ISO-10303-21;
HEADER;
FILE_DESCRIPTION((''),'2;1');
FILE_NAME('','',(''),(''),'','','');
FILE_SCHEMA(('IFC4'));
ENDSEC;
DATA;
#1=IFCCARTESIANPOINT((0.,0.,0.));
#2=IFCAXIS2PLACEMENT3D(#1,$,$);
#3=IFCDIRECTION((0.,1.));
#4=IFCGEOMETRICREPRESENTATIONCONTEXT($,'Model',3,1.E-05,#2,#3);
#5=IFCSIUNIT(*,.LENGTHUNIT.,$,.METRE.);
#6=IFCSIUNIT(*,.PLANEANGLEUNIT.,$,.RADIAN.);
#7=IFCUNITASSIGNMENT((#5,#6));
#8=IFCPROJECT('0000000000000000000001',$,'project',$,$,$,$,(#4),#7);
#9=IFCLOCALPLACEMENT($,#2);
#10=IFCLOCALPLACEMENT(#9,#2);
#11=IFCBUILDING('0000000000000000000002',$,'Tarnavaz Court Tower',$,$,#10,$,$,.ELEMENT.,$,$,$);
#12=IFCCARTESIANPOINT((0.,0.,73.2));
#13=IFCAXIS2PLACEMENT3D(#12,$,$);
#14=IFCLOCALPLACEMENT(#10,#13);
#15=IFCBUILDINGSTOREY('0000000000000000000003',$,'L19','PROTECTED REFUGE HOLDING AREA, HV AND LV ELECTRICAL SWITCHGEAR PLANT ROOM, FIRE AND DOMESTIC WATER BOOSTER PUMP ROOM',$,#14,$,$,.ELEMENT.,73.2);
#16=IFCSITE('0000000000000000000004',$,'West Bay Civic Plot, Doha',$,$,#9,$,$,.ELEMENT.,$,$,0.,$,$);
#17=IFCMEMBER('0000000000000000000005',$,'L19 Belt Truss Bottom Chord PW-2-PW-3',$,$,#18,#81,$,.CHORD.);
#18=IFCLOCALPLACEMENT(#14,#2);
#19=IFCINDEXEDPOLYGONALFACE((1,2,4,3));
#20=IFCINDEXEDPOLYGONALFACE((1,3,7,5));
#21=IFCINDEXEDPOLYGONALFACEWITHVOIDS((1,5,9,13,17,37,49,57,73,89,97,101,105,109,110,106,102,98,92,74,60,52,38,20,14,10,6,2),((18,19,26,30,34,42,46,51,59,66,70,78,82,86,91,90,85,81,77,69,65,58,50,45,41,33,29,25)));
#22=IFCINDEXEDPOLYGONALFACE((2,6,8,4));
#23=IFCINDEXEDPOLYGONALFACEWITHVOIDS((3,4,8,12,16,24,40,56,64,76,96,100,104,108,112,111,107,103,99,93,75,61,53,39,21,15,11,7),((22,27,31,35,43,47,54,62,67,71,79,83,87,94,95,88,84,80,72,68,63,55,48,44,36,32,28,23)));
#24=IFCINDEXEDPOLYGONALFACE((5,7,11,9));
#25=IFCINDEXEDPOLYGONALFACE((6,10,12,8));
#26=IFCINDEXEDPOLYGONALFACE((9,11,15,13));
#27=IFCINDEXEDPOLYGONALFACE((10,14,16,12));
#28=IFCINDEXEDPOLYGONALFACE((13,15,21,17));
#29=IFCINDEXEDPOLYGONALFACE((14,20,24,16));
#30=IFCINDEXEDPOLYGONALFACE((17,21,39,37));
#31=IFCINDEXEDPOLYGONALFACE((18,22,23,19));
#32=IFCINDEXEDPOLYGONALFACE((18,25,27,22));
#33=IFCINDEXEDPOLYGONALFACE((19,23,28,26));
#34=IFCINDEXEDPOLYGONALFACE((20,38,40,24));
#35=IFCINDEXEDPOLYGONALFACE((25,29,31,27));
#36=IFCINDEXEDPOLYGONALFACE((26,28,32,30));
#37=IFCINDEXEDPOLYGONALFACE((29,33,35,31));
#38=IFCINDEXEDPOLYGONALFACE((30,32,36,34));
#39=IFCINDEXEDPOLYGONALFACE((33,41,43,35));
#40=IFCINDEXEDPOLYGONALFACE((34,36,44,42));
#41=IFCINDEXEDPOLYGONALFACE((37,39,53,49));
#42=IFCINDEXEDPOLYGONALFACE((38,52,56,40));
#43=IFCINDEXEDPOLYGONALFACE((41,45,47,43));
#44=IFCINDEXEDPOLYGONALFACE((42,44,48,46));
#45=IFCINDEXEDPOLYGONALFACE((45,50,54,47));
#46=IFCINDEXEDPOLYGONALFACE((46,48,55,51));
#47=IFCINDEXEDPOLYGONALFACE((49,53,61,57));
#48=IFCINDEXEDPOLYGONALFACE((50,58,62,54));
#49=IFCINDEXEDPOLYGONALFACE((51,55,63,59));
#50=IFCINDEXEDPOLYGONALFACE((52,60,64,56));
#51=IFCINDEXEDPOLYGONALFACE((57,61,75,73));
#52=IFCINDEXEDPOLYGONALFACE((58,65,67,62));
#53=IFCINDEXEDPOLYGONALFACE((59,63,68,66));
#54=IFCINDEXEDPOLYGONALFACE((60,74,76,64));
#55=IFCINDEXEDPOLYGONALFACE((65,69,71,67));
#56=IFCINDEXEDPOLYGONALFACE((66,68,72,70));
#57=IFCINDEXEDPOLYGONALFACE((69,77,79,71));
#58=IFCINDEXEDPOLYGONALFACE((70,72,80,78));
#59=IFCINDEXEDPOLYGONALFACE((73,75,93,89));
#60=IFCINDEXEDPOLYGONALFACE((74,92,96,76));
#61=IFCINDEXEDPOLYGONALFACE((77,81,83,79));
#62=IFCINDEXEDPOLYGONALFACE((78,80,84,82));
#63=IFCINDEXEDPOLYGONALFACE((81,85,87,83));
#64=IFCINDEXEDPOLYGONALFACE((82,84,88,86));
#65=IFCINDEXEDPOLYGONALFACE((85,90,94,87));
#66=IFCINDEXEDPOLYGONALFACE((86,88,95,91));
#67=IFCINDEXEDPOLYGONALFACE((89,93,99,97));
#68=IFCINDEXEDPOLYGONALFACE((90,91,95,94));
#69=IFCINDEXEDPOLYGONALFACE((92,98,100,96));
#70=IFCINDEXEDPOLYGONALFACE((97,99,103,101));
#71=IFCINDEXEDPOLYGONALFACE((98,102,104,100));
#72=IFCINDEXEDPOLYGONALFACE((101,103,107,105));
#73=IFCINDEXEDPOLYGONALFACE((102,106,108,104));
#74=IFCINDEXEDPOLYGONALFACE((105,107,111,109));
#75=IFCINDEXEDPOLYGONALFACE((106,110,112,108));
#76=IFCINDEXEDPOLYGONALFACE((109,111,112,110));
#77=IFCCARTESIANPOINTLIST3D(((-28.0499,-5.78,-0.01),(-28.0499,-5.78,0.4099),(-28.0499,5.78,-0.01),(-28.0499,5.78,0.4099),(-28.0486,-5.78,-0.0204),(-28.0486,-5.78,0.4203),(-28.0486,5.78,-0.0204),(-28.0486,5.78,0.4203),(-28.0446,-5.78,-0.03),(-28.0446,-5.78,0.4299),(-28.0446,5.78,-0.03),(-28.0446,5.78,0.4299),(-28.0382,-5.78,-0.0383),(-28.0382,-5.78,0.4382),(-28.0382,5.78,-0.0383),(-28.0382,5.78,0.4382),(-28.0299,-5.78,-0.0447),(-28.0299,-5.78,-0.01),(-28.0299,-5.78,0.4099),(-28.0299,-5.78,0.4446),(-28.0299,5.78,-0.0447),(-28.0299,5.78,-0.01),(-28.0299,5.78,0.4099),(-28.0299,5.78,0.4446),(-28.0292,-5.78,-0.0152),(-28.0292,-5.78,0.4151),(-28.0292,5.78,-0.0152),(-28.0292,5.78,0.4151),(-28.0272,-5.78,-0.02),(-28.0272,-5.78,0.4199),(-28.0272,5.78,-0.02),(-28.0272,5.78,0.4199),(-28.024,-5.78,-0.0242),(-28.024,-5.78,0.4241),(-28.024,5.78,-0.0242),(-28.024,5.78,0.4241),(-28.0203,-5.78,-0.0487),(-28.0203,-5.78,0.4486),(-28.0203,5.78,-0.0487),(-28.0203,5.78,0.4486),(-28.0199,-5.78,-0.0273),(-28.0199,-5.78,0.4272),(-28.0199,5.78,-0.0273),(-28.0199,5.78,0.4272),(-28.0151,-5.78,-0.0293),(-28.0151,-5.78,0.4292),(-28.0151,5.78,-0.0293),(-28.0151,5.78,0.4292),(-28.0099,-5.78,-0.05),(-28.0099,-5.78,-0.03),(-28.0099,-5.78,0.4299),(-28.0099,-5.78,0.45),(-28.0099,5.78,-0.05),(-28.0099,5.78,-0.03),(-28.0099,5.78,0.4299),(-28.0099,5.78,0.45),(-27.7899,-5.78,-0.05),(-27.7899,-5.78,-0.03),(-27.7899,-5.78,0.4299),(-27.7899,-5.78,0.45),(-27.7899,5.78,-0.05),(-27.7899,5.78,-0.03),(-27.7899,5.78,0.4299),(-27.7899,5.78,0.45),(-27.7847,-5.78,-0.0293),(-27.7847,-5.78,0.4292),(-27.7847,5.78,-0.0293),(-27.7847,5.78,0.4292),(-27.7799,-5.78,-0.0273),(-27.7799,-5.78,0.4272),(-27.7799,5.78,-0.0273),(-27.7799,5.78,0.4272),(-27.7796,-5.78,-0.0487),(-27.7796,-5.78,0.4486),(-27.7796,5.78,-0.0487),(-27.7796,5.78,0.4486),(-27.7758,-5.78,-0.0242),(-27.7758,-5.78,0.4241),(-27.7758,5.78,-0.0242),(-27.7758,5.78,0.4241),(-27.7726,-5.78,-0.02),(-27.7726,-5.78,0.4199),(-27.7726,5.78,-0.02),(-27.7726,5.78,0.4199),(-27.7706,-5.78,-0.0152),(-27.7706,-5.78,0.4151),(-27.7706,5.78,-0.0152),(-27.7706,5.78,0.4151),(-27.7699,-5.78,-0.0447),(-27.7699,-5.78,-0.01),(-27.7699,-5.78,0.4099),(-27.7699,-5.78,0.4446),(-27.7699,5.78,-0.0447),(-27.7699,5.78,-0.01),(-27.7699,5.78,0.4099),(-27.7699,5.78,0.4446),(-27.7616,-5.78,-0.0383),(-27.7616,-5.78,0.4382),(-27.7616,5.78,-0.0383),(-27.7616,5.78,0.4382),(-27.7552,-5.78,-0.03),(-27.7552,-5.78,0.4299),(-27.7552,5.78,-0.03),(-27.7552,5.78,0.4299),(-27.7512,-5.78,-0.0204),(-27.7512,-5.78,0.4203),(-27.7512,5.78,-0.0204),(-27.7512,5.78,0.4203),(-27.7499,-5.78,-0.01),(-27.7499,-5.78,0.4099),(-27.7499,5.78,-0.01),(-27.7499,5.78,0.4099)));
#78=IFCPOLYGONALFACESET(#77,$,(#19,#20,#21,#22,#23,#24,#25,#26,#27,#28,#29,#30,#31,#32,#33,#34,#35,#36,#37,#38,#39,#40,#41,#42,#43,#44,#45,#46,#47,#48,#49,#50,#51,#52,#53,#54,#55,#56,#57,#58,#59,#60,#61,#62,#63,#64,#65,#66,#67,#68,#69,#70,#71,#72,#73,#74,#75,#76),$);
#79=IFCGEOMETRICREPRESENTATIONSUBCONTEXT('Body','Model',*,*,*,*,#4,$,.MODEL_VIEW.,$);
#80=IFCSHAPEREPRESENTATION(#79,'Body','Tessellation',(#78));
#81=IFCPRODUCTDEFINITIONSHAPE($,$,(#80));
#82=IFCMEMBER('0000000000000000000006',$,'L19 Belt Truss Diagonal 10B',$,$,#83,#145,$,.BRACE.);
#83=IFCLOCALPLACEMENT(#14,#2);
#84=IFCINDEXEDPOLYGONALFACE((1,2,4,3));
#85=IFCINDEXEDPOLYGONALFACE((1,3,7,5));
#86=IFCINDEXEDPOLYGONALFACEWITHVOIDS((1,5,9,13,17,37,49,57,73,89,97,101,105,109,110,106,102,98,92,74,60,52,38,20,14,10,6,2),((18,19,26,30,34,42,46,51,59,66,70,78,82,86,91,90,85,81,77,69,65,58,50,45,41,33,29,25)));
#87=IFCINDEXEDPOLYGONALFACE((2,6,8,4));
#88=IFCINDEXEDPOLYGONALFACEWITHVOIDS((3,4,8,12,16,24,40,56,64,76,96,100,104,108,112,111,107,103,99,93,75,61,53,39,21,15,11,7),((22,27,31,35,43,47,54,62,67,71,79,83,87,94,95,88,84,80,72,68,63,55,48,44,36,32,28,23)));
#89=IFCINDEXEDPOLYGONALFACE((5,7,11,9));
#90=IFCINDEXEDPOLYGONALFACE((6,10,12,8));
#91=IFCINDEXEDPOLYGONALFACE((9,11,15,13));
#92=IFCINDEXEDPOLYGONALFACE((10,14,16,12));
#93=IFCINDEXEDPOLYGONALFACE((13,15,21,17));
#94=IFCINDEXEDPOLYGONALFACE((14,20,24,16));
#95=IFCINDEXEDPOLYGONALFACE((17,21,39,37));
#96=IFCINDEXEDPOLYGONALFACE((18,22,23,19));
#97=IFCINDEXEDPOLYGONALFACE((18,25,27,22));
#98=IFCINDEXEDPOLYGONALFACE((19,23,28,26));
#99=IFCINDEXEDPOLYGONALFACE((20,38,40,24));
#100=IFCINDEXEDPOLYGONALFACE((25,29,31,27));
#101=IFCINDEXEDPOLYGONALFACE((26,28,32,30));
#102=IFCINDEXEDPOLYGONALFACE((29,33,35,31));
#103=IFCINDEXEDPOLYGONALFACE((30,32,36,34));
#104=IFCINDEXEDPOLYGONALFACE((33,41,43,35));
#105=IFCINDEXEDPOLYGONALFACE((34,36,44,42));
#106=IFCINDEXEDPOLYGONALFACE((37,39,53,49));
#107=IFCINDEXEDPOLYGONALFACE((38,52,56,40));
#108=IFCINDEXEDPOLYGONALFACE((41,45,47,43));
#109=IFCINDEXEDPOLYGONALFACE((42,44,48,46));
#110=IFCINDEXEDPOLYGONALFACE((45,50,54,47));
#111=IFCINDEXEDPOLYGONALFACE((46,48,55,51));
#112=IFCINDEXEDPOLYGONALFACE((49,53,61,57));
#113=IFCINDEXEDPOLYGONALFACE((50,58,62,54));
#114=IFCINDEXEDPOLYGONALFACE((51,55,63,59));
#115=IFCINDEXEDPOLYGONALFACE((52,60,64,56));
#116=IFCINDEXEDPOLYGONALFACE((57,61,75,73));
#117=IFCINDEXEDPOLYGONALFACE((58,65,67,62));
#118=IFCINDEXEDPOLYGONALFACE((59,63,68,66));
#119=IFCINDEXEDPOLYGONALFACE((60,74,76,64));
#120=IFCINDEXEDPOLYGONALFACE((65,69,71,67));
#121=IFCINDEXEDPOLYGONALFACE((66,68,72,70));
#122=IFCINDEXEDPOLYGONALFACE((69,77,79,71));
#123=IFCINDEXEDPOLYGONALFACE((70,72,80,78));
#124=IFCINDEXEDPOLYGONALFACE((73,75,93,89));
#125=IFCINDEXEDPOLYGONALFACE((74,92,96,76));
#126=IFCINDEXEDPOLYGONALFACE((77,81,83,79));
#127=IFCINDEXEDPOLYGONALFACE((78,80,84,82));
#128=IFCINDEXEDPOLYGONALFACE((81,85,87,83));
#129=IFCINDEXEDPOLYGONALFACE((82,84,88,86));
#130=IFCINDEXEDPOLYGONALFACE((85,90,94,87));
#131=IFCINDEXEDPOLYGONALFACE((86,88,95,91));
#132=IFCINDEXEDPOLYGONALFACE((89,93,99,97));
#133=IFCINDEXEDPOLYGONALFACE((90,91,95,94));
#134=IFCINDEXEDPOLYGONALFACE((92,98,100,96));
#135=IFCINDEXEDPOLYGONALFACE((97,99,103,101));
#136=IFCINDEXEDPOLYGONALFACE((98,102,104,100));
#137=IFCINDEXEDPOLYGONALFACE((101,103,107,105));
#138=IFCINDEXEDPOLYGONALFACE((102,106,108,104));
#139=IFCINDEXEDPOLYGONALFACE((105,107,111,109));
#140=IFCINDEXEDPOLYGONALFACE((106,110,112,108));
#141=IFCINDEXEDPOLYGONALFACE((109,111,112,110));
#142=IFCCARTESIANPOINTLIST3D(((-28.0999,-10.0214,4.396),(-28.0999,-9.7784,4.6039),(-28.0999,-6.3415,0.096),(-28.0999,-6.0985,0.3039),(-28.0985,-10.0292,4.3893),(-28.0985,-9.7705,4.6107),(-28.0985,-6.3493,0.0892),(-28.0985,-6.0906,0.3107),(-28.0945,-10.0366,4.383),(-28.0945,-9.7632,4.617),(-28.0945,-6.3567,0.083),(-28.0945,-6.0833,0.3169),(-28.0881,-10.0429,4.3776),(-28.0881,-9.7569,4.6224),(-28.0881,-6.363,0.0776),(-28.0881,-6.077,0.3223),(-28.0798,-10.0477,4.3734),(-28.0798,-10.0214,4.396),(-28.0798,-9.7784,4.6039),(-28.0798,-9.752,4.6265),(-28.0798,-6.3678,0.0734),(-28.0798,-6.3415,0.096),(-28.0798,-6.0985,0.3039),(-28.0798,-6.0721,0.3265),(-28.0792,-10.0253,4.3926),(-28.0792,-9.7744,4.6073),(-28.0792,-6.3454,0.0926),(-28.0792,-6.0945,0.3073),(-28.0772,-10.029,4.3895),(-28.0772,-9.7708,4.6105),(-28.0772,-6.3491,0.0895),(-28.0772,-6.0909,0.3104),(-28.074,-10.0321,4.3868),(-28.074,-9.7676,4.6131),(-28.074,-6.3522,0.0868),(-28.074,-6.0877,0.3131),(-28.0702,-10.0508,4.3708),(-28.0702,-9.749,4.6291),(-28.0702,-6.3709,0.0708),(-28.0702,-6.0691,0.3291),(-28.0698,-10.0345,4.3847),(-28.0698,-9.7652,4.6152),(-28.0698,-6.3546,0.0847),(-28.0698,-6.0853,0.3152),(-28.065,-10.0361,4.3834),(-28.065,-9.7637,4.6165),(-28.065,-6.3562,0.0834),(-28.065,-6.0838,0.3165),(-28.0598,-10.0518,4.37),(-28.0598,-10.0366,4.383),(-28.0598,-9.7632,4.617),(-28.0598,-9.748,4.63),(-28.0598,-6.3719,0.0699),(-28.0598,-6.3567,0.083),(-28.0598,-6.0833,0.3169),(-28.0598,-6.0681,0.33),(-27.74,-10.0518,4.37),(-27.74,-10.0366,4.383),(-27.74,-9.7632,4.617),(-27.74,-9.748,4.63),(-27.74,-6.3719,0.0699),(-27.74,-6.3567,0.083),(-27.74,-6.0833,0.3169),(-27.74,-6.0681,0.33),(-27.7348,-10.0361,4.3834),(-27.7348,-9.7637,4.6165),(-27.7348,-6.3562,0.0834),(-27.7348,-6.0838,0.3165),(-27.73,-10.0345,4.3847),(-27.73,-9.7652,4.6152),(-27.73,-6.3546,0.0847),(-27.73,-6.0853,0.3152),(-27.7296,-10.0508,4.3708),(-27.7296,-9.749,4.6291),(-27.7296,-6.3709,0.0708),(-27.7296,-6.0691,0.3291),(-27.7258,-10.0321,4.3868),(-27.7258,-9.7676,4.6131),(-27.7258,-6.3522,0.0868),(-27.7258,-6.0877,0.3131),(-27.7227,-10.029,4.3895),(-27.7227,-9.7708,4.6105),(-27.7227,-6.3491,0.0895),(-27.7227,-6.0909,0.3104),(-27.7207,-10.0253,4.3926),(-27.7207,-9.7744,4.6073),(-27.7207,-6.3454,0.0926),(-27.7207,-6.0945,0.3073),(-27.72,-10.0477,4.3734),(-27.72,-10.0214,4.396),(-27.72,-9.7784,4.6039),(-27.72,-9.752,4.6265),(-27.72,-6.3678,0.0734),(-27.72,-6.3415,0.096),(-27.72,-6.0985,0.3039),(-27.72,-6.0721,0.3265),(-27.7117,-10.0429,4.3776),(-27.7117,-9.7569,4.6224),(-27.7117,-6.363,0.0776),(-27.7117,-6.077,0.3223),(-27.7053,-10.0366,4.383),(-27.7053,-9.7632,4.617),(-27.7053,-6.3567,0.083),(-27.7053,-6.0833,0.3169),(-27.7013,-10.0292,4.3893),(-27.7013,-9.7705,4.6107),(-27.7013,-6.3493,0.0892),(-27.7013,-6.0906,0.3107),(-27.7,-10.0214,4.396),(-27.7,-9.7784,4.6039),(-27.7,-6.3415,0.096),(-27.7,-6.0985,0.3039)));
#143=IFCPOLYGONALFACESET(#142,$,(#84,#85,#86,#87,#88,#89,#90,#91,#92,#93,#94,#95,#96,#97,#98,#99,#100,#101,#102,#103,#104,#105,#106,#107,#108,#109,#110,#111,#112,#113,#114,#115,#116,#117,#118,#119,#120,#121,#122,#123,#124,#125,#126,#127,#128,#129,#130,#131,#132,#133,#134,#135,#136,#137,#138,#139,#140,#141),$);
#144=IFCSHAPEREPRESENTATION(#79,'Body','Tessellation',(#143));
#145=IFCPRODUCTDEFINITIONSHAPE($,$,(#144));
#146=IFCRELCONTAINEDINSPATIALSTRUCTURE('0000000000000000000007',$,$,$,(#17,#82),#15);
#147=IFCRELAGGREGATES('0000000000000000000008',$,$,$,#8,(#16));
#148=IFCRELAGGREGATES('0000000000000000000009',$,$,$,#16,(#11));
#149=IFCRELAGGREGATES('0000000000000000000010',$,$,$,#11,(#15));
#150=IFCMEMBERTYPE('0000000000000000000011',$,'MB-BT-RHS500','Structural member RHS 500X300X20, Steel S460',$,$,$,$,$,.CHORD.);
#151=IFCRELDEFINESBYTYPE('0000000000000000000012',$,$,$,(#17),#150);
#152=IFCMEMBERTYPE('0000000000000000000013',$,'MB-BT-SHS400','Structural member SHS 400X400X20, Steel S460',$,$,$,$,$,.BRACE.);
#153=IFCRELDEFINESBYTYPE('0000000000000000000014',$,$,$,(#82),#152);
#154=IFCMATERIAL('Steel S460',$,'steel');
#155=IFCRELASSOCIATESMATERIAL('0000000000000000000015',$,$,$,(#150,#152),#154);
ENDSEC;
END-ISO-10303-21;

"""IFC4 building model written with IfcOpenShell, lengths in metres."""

from ifc_helpers import new_model, si_unit, direction, frame, origin, origin_2d, place, context, subcontext, project, spatial, hollow_rectangle, extrude, material, material_profile, profile_set, type_object, element, save


model = new_model("IFC4")

# Units and contexts
model_context = context("Model", 3, precision=1e-05, world=origin(), true_north=direction((0.0, 1.0)))
body_context = subcontext(model_context, "Body", "Model", "MODEL_VIEW")
ifc_project = project(units=[si_unit("LENGTHUNIT", "METRE"), si_unit("PLANEANGLEUNIT", "RADIAN")], contexts=[model_context])

# Site, building, storey
site_placement = place(None, origin())
site = spatial("IfcSite", under=ifc_project, at=site_placement, Name="West Bay Civic Plot, Doha", CompositionType="ELEMENT", RefElevation=0.0)
building_placement = place(site_placement, origin())
building = spatial("IfcBuilding", under=site, at=building_placement, Name="Tarnavaz Court Tower", CompositionType="ELEMENT")
storey_placement = place(building_placement, frame((0.0, 0.0, 73.2)))
storey = spatial("IfcBuildingStorey", under=building, at=storey_placement, Name="L19", Description="PROTECTED REFUGE HOLDING AREA, HV AND LV ELECTRICAL SWITCHGEAR PLANT ROOM, FIRE AND DOMESTIC WATER BOOSTER PUMP ROOM", CompositionType="ELEMENT", Elevation=73.2)

# Shared definitions
ifc_material_1 = material(Name="Steel S460", Category="steel")

# Members
ifc_material_profile_1 = material_profile(ifc_material_1, hollow_rectangle(XDim=0.3, YDim=0.5, WallThickness=0.02, InnerFilletRadius=0.02, OuterFilletRadius=0.04, at=origin_2d()), Name="RHS 500X300X20")
ifc_profile_set_1 = profile_set([ifc_material_profile_1], Name="Steel S460")
member_type_1 = type_object("IfcMemberType", Name="MB-BT-RHS500", Description="Structural member RHS 500X300X20, Steel S460", PredefinedType="CHORD", material=ifc_profile_set_1)
member_1_placement = place(storey_placement, frame((-27.8999, -5.78, 0.2), z_axis=(0.0, 1.0, 0.0), x_axis=(-1.0, 0.0, 0.0)))
element("IfcMember", 1, at=member_1_placement, inside=storey, type_object=member_type_1, Name="L19 Belt Truss Bottom Chord PW-2-PW-3", PredefinedType="CHORD", context=body_context, shape_type="SweptSolid", body=[
    extrude(hollow_rectangle(XDim=0.3, YDim=0.5, WallThickness=0.02, InnerFilletRadius=0.02, OuterFilletRadius=0.04, at=origin_2d()), origin(), (0.0, 0.0, 1.0), 11.5601),
])
ifc_material_profile_2 = material_profile(ifc_material_1, hollow_rectangle(XDim=0.3999, YDim=0.3999, WallThickness=0.02, InnerFilletRadius=0.02, OuterFilletRadius=0.04, at=origin_2d()), Name="SHS 400X400X20")
ifc_profile_set_2 = profile_set([ifc_material_profile_2], Name="Steel S460")
member_type_2 = type_object("IfcMemberType", Name="MB-BT-SHS400", Description="Structural member SHS 400X400X20, Steel S460", PredefinedType="BRACE", material=ifc_profile_set_2)
member_2_placement = place(storey_placement, frame((-27.8999, -6.22, 0.2), z_axis=(0.0, -0.650198, 0.759765), x_axis=(1.0, 0.0, 0.0)))
element("IfcMember", 2, at=member_2_placement, inside=storey, type_object=member_type_2, Name="L19 Belt Truss Diagonal 10B", PredefinedType="BRACE", context=body_context, shape_type="SweptSolid", body=[
    extrude(hollow_rectangle(XDim=0.3999, YDim=0.3999, WallThickness=0.02, InnerFilletRadius=0.02, OuterFilletRadius=0.04, at=origin_2d()), origin(), (0.0, 0.0, 1.0), 5.6597),
])

save(model, "model.ifc")
